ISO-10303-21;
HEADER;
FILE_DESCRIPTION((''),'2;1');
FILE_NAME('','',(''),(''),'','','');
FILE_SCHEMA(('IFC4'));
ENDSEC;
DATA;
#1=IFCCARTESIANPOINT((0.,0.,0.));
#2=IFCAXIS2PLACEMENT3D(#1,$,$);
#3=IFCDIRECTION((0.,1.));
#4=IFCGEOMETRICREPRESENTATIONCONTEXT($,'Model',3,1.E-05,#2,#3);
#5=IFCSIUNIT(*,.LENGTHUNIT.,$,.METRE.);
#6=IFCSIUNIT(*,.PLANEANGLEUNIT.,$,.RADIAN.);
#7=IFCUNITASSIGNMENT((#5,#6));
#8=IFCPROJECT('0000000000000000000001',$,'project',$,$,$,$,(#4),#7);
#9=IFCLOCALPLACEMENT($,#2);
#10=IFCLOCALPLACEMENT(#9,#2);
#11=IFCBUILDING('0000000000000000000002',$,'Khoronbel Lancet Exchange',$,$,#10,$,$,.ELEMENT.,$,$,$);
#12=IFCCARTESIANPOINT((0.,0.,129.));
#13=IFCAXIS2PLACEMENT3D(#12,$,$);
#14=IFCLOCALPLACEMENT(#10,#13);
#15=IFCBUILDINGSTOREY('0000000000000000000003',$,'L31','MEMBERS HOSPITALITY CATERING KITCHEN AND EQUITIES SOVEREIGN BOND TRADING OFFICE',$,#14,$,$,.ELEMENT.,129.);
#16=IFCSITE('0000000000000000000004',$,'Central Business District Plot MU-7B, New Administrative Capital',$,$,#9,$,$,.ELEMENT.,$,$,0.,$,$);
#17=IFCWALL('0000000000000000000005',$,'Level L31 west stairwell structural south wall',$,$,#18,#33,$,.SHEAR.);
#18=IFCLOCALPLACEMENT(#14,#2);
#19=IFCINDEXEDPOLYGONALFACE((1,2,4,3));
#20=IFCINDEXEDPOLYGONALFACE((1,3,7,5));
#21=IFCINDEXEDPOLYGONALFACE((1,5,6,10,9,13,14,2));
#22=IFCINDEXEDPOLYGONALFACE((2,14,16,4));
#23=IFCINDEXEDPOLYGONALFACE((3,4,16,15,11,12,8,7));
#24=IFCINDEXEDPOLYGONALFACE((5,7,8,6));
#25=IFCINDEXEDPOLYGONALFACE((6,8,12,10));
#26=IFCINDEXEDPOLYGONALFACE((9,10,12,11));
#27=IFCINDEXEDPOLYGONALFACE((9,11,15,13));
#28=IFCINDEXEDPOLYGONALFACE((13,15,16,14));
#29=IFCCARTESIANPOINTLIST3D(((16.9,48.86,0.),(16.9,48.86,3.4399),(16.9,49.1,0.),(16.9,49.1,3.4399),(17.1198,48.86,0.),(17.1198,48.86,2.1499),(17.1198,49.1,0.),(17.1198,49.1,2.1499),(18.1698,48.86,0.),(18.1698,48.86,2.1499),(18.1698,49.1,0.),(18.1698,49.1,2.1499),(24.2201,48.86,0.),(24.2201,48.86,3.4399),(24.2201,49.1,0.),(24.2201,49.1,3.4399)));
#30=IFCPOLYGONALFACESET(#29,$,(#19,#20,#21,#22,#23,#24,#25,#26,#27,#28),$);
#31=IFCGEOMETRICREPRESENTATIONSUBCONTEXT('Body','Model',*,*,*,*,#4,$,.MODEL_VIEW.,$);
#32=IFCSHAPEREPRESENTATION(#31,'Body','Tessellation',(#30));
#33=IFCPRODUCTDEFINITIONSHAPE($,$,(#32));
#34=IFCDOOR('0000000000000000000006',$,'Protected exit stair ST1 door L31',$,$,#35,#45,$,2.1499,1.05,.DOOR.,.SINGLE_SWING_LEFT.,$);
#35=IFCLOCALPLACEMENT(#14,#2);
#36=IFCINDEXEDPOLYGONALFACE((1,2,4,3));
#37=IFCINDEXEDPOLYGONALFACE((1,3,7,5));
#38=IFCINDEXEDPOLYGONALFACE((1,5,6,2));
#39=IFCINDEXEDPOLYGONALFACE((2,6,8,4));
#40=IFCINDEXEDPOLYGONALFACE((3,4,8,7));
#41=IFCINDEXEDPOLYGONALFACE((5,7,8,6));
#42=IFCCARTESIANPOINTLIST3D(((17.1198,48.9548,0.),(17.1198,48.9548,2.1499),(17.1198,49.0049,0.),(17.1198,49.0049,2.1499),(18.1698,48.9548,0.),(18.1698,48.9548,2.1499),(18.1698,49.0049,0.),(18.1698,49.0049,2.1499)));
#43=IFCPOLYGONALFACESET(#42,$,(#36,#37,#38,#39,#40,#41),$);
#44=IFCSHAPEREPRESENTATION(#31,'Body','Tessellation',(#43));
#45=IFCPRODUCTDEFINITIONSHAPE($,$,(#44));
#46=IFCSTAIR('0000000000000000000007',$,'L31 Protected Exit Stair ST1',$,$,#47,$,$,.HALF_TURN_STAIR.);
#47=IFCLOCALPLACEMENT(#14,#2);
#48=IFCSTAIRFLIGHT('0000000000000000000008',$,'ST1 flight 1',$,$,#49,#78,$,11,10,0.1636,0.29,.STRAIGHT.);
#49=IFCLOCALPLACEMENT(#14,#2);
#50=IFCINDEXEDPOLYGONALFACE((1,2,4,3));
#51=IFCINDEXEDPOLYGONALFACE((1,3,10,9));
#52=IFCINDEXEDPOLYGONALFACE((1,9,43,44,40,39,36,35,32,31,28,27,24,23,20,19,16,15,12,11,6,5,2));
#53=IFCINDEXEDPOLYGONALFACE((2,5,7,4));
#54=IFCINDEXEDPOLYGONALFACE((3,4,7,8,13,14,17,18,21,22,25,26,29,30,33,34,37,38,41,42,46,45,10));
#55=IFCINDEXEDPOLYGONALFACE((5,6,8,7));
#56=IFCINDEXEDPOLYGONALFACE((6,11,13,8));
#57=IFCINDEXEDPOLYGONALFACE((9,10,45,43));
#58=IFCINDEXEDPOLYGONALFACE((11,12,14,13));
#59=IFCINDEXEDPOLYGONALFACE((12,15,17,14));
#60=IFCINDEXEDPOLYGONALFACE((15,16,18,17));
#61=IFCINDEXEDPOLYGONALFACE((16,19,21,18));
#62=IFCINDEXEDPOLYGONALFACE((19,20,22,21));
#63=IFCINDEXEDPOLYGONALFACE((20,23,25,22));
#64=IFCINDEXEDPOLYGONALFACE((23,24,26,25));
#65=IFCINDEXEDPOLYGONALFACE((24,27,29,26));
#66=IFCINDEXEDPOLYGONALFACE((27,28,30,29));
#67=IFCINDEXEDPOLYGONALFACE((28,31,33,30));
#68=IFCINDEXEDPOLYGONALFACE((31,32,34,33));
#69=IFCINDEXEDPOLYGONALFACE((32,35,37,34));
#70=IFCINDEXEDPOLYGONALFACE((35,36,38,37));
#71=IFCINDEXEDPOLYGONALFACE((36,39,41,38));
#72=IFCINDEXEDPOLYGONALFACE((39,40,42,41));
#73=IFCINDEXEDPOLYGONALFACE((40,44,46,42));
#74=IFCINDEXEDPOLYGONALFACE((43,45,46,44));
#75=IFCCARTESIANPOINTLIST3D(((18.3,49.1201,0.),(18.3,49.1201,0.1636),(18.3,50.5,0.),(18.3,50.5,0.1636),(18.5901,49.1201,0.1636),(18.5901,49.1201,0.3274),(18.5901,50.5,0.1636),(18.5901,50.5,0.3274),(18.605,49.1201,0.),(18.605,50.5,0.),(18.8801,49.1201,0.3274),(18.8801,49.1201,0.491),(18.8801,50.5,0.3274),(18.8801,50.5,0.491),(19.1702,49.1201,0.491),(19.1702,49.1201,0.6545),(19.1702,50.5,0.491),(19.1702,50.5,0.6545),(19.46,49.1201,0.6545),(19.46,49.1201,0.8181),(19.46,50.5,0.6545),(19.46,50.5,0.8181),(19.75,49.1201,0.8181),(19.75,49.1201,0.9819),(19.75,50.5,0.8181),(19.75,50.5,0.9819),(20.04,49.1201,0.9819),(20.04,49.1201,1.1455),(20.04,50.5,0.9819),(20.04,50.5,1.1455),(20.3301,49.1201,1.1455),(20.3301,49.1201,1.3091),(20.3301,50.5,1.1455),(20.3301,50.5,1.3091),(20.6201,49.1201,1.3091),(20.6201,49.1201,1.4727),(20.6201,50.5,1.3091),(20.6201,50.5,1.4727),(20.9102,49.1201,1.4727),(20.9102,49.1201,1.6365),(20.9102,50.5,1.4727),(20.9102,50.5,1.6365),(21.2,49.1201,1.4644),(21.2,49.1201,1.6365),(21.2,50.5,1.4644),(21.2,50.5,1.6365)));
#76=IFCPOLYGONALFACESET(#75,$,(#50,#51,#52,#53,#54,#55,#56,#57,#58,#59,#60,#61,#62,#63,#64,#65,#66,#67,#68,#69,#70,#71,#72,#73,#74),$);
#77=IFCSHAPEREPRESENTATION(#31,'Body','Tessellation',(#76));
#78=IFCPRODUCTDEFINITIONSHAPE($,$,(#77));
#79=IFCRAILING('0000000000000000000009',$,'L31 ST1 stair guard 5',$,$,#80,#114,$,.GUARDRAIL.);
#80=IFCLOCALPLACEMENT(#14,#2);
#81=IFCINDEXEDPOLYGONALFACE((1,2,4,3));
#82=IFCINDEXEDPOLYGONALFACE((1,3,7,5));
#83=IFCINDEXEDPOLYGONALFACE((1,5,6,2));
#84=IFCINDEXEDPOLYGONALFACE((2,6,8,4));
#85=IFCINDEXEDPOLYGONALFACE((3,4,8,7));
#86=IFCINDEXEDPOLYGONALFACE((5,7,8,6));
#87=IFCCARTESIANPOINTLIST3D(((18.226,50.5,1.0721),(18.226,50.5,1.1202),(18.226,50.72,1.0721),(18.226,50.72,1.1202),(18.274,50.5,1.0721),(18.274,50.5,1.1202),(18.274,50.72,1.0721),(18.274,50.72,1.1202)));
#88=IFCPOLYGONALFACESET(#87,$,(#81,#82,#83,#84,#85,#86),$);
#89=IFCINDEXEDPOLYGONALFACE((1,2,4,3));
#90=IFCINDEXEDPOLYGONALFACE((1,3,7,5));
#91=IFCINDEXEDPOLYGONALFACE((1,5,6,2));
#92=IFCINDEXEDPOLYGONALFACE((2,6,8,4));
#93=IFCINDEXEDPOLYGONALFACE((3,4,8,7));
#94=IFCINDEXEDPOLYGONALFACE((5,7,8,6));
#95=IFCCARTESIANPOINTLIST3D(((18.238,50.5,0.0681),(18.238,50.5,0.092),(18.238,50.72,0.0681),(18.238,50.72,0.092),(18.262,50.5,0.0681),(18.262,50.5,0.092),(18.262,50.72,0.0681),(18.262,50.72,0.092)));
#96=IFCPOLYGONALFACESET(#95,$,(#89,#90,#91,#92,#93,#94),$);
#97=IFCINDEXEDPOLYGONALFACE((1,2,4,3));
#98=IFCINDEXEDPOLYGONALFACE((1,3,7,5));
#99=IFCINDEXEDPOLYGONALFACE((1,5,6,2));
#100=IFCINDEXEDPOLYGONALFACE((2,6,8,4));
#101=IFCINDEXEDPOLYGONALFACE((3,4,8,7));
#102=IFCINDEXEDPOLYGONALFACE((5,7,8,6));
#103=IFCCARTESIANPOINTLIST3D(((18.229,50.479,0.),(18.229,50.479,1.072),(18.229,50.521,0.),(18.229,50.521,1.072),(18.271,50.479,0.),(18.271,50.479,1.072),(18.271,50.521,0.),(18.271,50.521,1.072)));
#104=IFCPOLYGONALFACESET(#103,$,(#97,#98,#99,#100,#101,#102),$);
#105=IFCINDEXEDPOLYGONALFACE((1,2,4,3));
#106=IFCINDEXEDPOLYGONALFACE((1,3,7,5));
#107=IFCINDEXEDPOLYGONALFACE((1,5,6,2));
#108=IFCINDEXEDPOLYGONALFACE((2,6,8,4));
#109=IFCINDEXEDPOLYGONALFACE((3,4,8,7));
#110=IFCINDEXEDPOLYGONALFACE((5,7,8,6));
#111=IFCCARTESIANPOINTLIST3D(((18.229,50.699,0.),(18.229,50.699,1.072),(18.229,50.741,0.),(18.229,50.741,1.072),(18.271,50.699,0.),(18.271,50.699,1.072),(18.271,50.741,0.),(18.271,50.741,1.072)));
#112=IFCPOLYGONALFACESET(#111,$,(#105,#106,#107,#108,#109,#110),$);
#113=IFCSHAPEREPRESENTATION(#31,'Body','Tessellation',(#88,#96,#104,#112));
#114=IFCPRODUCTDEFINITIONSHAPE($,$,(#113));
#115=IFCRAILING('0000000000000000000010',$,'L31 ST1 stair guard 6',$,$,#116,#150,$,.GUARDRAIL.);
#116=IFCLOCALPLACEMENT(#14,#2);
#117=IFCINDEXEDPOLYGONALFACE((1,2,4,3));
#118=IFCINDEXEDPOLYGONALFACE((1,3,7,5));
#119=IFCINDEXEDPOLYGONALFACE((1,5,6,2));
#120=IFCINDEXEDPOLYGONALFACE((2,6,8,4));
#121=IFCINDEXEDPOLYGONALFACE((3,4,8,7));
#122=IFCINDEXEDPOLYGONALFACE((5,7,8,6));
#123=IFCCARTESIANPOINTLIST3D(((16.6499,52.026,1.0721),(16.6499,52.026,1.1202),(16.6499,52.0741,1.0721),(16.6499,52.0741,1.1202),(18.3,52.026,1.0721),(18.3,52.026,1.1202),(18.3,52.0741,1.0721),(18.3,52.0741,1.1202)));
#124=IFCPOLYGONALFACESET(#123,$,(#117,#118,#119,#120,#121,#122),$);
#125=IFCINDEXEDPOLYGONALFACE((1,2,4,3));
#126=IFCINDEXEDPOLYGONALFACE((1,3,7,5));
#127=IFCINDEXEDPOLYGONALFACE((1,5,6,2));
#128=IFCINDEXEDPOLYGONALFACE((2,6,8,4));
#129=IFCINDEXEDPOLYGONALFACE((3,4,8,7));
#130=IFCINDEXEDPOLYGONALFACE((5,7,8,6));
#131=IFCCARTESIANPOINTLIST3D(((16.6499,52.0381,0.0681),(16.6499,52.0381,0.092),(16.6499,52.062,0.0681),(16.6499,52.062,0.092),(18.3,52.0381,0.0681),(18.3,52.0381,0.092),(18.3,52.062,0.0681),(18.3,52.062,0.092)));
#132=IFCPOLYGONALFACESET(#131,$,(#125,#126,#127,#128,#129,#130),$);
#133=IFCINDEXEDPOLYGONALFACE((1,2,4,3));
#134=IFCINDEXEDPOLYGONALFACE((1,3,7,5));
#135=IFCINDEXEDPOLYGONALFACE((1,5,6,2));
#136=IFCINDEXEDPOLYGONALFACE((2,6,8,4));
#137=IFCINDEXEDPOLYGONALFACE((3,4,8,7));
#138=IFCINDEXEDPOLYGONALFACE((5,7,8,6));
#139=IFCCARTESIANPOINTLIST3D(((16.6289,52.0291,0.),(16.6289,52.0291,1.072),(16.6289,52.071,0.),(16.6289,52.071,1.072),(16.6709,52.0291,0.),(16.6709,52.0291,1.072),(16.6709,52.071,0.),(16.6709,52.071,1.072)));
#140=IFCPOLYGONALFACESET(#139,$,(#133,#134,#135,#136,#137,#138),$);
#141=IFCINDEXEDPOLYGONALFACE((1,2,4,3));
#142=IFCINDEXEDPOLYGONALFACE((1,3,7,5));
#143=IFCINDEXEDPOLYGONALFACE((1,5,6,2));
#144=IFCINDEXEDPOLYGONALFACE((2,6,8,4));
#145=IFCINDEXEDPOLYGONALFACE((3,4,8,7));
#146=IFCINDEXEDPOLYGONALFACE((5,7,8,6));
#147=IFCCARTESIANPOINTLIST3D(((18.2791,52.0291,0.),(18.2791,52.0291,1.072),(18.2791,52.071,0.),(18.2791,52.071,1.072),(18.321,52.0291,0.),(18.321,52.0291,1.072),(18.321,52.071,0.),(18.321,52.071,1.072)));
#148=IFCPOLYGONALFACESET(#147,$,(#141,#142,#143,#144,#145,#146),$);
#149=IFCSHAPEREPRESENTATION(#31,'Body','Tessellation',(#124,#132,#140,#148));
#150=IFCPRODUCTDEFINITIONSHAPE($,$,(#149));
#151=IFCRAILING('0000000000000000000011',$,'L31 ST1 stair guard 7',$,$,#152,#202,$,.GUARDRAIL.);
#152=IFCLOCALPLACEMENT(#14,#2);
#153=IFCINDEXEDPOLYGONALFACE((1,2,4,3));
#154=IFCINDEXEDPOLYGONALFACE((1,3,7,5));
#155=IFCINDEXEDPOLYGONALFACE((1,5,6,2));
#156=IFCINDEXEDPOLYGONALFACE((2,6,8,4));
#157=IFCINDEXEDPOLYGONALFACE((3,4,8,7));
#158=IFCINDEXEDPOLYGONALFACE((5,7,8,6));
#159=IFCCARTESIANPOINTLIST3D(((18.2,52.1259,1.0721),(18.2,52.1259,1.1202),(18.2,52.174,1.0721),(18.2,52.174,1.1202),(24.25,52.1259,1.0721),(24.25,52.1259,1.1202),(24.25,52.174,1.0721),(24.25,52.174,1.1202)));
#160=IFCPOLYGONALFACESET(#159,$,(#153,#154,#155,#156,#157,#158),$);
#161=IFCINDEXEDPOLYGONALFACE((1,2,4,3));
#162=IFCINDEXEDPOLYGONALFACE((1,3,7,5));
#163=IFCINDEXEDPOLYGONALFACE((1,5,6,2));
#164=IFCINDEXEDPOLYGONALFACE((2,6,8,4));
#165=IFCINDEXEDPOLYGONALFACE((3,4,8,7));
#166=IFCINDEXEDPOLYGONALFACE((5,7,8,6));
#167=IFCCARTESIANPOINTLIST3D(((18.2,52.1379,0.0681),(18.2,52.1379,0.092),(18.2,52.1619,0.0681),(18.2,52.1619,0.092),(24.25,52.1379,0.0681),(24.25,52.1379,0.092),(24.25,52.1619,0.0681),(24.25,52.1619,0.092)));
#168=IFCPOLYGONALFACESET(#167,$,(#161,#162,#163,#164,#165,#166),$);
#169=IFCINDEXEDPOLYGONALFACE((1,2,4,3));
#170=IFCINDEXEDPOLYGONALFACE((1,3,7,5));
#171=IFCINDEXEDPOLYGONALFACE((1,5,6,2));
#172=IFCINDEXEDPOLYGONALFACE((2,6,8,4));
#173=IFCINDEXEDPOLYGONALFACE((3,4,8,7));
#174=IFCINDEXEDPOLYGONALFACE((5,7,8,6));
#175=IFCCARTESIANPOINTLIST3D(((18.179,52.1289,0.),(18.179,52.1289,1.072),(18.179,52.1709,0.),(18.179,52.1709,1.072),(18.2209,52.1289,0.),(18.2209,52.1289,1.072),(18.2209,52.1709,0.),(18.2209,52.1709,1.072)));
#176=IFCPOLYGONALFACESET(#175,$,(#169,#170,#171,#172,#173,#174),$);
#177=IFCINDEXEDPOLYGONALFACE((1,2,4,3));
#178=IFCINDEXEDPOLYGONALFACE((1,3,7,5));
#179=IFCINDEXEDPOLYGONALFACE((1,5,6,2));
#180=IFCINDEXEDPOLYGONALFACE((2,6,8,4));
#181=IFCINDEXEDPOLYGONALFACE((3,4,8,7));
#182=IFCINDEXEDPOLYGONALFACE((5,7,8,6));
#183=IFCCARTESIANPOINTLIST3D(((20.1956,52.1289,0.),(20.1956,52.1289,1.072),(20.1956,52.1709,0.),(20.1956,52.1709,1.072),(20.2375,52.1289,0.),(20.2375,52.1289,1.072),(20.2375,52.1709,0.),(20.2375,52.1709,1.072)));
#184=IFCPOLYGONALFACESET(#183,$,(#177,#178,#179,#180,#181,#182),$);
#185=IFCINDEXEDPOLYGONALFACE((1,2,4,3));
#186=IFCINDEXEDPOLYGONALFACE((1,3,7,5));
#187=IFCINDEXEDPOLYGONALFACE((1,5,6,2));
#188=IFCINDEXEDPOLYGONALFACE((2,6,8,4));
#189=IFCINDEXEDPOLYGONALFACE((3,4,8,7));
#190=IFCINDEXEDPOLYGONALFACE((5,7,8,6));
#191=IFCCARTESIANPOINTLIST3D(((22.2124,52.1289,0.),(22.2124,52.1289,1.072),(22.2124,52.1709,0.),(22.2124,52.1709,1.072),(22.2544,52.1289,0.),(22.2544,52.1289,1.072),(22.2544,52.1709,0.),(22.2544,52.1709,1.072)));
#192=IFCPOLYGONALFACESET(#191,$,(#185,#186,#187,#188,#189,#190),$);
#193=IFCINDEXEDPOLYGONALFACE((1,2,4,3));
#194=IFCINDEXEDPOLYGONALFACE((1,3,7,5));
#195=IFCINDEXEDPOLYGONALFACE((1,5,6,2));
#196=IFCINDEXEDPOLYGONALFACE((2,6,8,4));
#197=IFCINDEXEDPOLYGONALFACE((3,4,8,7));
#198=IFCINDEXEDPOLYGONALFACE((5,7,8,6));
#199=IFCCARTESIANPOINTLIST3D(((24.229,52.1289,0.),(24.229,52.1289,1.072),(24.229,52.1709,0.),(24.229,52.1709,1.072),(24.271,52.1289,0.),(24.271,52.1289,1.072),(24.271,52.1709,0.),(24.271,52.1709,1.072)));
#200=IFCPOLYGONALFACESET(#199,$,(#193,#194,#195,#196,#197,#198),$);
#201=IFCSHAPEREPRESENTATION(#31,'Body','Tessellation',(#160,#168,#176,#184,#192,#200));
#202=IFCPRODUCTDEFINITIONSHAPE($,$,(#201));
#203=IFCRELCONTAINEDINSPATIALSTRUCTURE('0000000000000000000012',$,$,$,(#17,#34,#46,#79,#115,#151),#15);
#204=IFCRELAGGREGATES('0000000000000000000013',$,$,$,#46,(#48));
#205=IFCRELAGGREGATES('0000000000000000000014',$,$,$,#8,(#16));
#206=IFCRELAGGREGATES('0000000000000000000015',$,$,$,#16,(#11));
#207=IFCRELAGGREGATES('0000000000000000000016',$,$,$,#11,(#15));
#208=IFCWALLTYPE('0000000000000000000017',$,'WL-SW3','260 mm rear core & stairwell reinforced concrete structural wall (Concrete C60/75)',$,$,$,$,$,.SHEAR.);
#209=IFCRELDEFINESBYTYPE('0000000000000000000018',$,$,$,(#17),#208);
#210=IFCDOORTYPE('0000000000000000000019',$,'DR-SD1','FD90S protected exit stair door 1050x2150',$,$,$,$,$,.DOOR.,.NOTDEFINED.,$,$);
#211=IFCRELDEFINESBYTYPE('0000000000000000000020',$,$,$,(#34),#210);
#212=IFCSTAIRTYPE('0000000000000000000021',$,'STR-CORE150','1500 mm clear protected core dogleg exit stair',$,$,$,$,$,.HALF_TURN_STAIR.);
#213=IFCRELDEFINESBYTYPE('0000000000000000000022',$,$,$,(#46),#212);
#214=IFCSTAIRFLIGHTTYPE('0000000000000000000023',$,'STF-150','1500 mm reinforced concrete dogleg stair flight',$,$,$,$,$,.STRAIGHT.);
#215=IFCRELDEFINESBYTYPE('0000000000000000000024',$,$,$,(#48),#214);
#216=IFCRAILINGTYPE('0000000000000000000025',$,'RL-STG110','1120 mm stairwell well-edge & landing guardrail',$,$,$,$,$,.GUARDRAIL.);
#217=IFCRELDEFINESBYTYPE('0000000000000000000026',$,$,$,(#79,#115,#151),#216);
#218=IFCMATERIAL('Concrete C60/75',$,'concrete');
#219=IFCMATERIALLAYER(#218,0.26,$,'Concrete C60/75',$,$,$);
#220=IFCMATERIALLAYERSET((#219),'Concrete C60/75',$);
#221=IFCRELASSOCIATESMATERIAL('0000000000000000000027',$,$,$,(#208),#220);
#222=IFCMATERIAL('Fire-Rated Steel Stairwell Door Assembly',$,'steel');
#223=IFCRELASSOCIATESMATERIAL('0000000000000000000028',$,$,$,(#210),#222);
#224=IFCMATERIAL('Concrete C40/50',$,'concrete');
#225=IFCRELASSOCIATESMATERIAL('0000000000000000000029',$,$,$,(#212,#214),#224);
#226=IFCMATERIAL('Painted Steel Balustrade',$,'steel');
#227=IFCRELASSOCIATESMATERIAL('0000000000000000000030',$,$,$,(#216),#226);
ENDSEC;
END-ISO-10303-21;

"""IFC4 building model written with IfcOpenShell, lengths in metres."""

from ifc_helpers import new_model, si_unit, direction, frame, frame_2d, origin, origin_2d, place, context, subcontext, project, spatial, polyline, rectangle, outline, extrude, material, layer, layer_set, type_object, element, fill, aggregate, save


model = new_model("IFC4")

# Units and contexts
model_context = context("Model", 3, precision=1e-05, world=origin(), true_north=direction((0.0, 1.0)))
body_context = subcontext(model_context, "Body", "Model", "MODEL_VIEW")
ifc_project = project(units=[si_unit("LENGTHUNIT", "METRE"), si_unit("PLANEANGLEUNIT", "RADIAN")], contexts=[model_context])

# Site, building, storey
site_placement = place(None, origin())
site = spatial("IfcSite", under=ifc_project, at=site_placement, Name="Central Business District Plot MU-7B, New Administrative Capital", CompositionType="ELEMENT", RefElevation=0.0)
building_placement = place(site_placement, origin())
building = spatial("IfcBuilding", under=site, at=building_placement, Name="Khoronbel Lancet Exchange", CompositionType="ELEMENT")
storey_placement = place(building_placement, frame((0.0, 0.0, 129.0)))
storey = spatial("IfcBuildingStorey", under=building, at=storey_placement, Name="L31", Description="MEMBERS HOSPITALITY CATERING KITCHEN AND EQUITIES SOVEREIGN BOND TRADING OFFICE", CompositionType="ELEMENT", Elevation=129.0)

# Wall, opening, door
ifc_material_1 = material(Name="Concrete C60/75", Category="concrete")
ifc_layer_1 = layer(ifc_material_1, 0.26, Name="Concrete C60/75")
ifc_layer_set_1 = layer_set([ifc_layer_1], Name="Concrete C60/75")
wall_type_1 = type_object("IfcWallType", Name="WL-SW3", Description="260 mm rear core & stairwell reinforced concrete structural wall (Concrete C60/75)", PredefinedType="SHEAR", material=ifc_layer_set_1)
wall_1_placement = place(storey_placement, frame((16.8999, 48.98, 0.0), z_axis=(0.0, 0.0, 1.0), x_axis=(1.0, 0.0, 0.0)))
wall_1 = element("IfcWall", 1, at=wall_1_placement, inside=storey, type_object=wall_type_1, Name="Level L31 west stairwell structural south wall", PredefinedType="SHEAR", context=body_context, shape_type="SweptSolid", body=[
    extrude(rectangle(XDim=7.3201, YDim=0.24, at=frame_2d((3.6602, 0.0))), origin(), (0.0, 0.0, 1.0), 3.4399),
])
opening_placement = place(wall_1_placement, frame((0.22, 0.0, 0.0)))
opening = element("IfcOpeningElement", 2, at=opening_placement, cuts=wall_1, PredefinedType="OPENING", context=body_context, shape_type="SweptSolid", body=[
    extrude(rectangle(XDim=1.05, YDim=2.1499, at=frame_2d((0.5249, 1.075))), frame((0.0, 0.1299, 0.0), z_axis=(0.0, -1.0, 0.0), x_axis=(1.0, 0.0, 0.0)), (0.0, 0.0, 1.0), 0.26),
])
ifc_material_2 = material(Name="Fire-Rated Steel Stairwell Door Assembly", Category="steel")
door_type = type_object("IfcDoorType", Name="DR-SD1", Description="FD90S protected exit stair door 1050x2150", OperationType="NOTDEFINED", PredefinedType="DOOR", material=ifc_material_2)
door_placement = place(opening_placement, origin())
door = element("IfcDoor", 3, at=door_placement, inside=storey, type_object=door_type, Name="Protected exit stair ST1 door L31", OperationType="SINGLE_SWING_LEFT", OverallHeight=2.1499, OverallWidth=1.05, PredefinedType="DOOR", context=body_context, shape_type="SweptSolid", body=[
    extrude(rectangle(XDim=1.05, YDim=2.1499, at=frame_2d((0.5249, 1.075))), frame((0.0, 0.0249, 0.0), z_axis=(0.0, -1.0, 0.0), x_axis=(1.0, 0.0, 0.0)), (0.0, 0.0, 1.0), 0.05),
])
fill(opening, door)

# Stair, stair flight
ifc_material_3 = material(Name="Concrete C40/50", Category="concrete")
stair_type = type_object("IfcStairType", Name="STR-CORE150", Description="1500 mm clear protected core dogleg exit stair", PredefinedType="HALF_TURN_STAIR", material=ifc_material_3)
stair_placement = place(storey_placement, origin())
stair = element("IfcStair", 4, at=stair_placement, inside=storey, type_object=stair_type, Name="L31 Protected Exit Stair ST1", PredefinedType="HALF_TURN_STAIR")
stair_flight_type = type_object("IfcStairFlightType", Name="STF-150", Description="1500 mm reinforced concrete dogleg stair flight", PredefinedType="STRAIGHT", material=ifc_material_3)
stair_flight_placement = place(storey_placement, frame((18.3, 49.8101, 0.0), z_axis=(0.0, 0.0, 1.0), x_axis=(1.0, 0.0, 0.0)))
stair_flight = element("IfcStairFlight", 5, at=stair_flight_placement, type_object=stair_flight_type, Name="ST1 flight 1", NumberOfRisers=11, NumberOfTreads=10, PredefinedType="STRAIGHT", RiserHeight=0.1636, TreadLength=0.29, context=body_context, shape_type="SweptSolid", body=[
    extrude(outline(polyline([(0.0, 0.0), (0.0, 0.1636), (0.29, 0.1636), (0.29, 0.3274), (0.5801, 0.3274), (0.5801, 0.491), (0.8701, 0.491), (0.8701, 0.6545), (1.1599, 0.6545), (1.1599, 0.8181), (1.45, 0.8181), (1.45, 0.9819), (1.74, 0.9819), (1.74, 1.1455), (2.03, 1.1455), (2.03, 1.3091), (2.3201, 1.3091), (2.3201, 1.4727), (2.6101, 1.4727), (2.6101, 1.6365), (2.8999, 1.6365), (2.8999, 1.8), (2.8999, 1.4644), (0.3049, 0.0), (0.0, 0.0)])), frame((0.0, 0.6899, 0.0), z_axis=(0.0, -1.0, 0.0), x_axis=(1.0, 0.0, 0.0)), (0.0, 0.0, 1.0), 1.3799),
])
aggregate(stair, [stair_flight])

# Railings
ifc_material_4 = material(Name="Painted Steel Balustrade", Category="steel")
railing_type_1 = type_object("IfcRailingType", Name="RL-STG110", Description="1120 mm stairwell well-edge & landing guardrail", PredefinedType="GUARDRAIL", material=ifc_material_4)
railing_1_placement = place(storey_placement, frame((18.25, 50.5, 0.0)))
element("IfcRailing", 6, at=railing_1_placement, inside=storey, type_object=railing_type_1, Name="L31 ST1 stair guard 5", PredefinedType="GUARDRAIL", context=body_context, shape_type="SweptSolid", body=[
    extrude(rectangle(XDim=0.0481, YDim=0.0481, at=origin_2d()), frame((0.0, 0.0, 1.0962), z_axis=(0.0, 1.0, 0.0), x_axis=(-1.0, 0.0, 0.0)), (0.0, 0.0, 1.0), 0.22),
    extrude(rectangle(XDim=0.0239, YDim=0.0239, at=origin_2d()), frame((0.0, 0.0, 0.0801), z_axis=(0.0, 1.0, 0.0), x_axis=(-1.0, 0.0, 0.0)), (0.0, 0.0, 1.0), 0.22),
    extrude(rectangle(XDim=0.042, YDim=0.042, at=origin_2d()), origin(), (0.0, 0.0, 1.0), 1.072),
    extrude(rectangle(XDim=0.042, YDim=0.042, at=origin_2d()), frame((0.0, 0.22, 0.0)), (0.0, 0.0, 1.0), 1.072),
])
railing_2_placement = place(storey_placement, frame((16.6499, 52.05, 0.0)))
element("IfcRailing", 7, at=railing_2_placement, inside=storey, type_object=railing_type_1, Name="L31 ST1 stair guard 6", PredefinedType="GUARDRAIL", context=body_context, shape_type="SweptSolid", body=[
    extrude(rectangle(XDim=0.0481, YDim=0.0481, at=origin_2d()), frame((0.0, 0.0, 1.0962), z_axis=(1.0, 0.0, 0.0), x_axis=(0.0, 1.0, 0.0)), (0.0, 0.0, 1.0), 1.6501),
    extrude(rectangle(XDim=0.0239, YDim=0.0239, at=origin_2d()), frame((0.0, 0.0, 0.0801), z_axis=(1.0, 0.0, 0.0), x_axis=(0.0, 1.0, 0.0)), (0.0, 0.0, 1.0), 1.6501),
    extrude(rectangle(XDim=0.042, YDim=0.042, at=origin_2d()), origin(), (0.0, 0.0, 1.0), 1.072),
    extrude(rectangle(XDim=0.042, YDim=0.042, at=origin_2d()), frame((1.6501, 0.0, 0.0)), (0.0, 0.0, 1.0), 1.072),
])
railing_3_placement = place(storey_placement, frame((18.2, 52.1499, 0.0)))
element("IfcRailing", 8, at=railing_3_placement, inside=storey, type_object=railing_type_1, Name="L31 ST1 stair guard 7", PredefinedType="GUARDRAIL", context=body_context, shape_type="SweptSolid", body=[
    extrude(rectangle(XDim=0.0481, YDim=0.0481, at=origin_2d()), frame((0.0, 0.0, 1.0962), z_axis=(1.0, 0.0, 0.0), x_axis=(0.0, 1.0, 0.0)), (0.0, 0.0, 1.0), 6.05),
    extrude(rectangle(XDim=0.0239, YDim=0.0239, at=origin_2d()), frame((0.0, 0.0, 0.0801), z_axis=(1.0, 0.0, 0.0), x_axis=(0.0, 1.0, 0.0)), (0.0, 0.0, 1.0), 6.05),
    extrude(rectangle(XDim=0.042, YDim=0.042, at=origin_2d()), origin(), (0.0, 0.0, 1.0), 1.072),
    extrude(rectangle(XDim=0.042, YDim=0.042, at=origin_2d()), frame((2.0166, 0.0, 0.0)), (0.0, 0.0, 1.0), 1.072),
    extrude(rectangle(XDim=0.042, YDim=0.042, at=origin_2d()), frame((4.0334, 0.0, 0.0)), (0.0, 0.0, 1.0), 1.072),
    extrude(rectangle(XDim=0.042, YDim=0.042, at=origin_2d()), frame((6.05, 0.0, 0.0)), (0.0, 0.0, 1.0), 1.072),
])

save(model, "model.ifc")
